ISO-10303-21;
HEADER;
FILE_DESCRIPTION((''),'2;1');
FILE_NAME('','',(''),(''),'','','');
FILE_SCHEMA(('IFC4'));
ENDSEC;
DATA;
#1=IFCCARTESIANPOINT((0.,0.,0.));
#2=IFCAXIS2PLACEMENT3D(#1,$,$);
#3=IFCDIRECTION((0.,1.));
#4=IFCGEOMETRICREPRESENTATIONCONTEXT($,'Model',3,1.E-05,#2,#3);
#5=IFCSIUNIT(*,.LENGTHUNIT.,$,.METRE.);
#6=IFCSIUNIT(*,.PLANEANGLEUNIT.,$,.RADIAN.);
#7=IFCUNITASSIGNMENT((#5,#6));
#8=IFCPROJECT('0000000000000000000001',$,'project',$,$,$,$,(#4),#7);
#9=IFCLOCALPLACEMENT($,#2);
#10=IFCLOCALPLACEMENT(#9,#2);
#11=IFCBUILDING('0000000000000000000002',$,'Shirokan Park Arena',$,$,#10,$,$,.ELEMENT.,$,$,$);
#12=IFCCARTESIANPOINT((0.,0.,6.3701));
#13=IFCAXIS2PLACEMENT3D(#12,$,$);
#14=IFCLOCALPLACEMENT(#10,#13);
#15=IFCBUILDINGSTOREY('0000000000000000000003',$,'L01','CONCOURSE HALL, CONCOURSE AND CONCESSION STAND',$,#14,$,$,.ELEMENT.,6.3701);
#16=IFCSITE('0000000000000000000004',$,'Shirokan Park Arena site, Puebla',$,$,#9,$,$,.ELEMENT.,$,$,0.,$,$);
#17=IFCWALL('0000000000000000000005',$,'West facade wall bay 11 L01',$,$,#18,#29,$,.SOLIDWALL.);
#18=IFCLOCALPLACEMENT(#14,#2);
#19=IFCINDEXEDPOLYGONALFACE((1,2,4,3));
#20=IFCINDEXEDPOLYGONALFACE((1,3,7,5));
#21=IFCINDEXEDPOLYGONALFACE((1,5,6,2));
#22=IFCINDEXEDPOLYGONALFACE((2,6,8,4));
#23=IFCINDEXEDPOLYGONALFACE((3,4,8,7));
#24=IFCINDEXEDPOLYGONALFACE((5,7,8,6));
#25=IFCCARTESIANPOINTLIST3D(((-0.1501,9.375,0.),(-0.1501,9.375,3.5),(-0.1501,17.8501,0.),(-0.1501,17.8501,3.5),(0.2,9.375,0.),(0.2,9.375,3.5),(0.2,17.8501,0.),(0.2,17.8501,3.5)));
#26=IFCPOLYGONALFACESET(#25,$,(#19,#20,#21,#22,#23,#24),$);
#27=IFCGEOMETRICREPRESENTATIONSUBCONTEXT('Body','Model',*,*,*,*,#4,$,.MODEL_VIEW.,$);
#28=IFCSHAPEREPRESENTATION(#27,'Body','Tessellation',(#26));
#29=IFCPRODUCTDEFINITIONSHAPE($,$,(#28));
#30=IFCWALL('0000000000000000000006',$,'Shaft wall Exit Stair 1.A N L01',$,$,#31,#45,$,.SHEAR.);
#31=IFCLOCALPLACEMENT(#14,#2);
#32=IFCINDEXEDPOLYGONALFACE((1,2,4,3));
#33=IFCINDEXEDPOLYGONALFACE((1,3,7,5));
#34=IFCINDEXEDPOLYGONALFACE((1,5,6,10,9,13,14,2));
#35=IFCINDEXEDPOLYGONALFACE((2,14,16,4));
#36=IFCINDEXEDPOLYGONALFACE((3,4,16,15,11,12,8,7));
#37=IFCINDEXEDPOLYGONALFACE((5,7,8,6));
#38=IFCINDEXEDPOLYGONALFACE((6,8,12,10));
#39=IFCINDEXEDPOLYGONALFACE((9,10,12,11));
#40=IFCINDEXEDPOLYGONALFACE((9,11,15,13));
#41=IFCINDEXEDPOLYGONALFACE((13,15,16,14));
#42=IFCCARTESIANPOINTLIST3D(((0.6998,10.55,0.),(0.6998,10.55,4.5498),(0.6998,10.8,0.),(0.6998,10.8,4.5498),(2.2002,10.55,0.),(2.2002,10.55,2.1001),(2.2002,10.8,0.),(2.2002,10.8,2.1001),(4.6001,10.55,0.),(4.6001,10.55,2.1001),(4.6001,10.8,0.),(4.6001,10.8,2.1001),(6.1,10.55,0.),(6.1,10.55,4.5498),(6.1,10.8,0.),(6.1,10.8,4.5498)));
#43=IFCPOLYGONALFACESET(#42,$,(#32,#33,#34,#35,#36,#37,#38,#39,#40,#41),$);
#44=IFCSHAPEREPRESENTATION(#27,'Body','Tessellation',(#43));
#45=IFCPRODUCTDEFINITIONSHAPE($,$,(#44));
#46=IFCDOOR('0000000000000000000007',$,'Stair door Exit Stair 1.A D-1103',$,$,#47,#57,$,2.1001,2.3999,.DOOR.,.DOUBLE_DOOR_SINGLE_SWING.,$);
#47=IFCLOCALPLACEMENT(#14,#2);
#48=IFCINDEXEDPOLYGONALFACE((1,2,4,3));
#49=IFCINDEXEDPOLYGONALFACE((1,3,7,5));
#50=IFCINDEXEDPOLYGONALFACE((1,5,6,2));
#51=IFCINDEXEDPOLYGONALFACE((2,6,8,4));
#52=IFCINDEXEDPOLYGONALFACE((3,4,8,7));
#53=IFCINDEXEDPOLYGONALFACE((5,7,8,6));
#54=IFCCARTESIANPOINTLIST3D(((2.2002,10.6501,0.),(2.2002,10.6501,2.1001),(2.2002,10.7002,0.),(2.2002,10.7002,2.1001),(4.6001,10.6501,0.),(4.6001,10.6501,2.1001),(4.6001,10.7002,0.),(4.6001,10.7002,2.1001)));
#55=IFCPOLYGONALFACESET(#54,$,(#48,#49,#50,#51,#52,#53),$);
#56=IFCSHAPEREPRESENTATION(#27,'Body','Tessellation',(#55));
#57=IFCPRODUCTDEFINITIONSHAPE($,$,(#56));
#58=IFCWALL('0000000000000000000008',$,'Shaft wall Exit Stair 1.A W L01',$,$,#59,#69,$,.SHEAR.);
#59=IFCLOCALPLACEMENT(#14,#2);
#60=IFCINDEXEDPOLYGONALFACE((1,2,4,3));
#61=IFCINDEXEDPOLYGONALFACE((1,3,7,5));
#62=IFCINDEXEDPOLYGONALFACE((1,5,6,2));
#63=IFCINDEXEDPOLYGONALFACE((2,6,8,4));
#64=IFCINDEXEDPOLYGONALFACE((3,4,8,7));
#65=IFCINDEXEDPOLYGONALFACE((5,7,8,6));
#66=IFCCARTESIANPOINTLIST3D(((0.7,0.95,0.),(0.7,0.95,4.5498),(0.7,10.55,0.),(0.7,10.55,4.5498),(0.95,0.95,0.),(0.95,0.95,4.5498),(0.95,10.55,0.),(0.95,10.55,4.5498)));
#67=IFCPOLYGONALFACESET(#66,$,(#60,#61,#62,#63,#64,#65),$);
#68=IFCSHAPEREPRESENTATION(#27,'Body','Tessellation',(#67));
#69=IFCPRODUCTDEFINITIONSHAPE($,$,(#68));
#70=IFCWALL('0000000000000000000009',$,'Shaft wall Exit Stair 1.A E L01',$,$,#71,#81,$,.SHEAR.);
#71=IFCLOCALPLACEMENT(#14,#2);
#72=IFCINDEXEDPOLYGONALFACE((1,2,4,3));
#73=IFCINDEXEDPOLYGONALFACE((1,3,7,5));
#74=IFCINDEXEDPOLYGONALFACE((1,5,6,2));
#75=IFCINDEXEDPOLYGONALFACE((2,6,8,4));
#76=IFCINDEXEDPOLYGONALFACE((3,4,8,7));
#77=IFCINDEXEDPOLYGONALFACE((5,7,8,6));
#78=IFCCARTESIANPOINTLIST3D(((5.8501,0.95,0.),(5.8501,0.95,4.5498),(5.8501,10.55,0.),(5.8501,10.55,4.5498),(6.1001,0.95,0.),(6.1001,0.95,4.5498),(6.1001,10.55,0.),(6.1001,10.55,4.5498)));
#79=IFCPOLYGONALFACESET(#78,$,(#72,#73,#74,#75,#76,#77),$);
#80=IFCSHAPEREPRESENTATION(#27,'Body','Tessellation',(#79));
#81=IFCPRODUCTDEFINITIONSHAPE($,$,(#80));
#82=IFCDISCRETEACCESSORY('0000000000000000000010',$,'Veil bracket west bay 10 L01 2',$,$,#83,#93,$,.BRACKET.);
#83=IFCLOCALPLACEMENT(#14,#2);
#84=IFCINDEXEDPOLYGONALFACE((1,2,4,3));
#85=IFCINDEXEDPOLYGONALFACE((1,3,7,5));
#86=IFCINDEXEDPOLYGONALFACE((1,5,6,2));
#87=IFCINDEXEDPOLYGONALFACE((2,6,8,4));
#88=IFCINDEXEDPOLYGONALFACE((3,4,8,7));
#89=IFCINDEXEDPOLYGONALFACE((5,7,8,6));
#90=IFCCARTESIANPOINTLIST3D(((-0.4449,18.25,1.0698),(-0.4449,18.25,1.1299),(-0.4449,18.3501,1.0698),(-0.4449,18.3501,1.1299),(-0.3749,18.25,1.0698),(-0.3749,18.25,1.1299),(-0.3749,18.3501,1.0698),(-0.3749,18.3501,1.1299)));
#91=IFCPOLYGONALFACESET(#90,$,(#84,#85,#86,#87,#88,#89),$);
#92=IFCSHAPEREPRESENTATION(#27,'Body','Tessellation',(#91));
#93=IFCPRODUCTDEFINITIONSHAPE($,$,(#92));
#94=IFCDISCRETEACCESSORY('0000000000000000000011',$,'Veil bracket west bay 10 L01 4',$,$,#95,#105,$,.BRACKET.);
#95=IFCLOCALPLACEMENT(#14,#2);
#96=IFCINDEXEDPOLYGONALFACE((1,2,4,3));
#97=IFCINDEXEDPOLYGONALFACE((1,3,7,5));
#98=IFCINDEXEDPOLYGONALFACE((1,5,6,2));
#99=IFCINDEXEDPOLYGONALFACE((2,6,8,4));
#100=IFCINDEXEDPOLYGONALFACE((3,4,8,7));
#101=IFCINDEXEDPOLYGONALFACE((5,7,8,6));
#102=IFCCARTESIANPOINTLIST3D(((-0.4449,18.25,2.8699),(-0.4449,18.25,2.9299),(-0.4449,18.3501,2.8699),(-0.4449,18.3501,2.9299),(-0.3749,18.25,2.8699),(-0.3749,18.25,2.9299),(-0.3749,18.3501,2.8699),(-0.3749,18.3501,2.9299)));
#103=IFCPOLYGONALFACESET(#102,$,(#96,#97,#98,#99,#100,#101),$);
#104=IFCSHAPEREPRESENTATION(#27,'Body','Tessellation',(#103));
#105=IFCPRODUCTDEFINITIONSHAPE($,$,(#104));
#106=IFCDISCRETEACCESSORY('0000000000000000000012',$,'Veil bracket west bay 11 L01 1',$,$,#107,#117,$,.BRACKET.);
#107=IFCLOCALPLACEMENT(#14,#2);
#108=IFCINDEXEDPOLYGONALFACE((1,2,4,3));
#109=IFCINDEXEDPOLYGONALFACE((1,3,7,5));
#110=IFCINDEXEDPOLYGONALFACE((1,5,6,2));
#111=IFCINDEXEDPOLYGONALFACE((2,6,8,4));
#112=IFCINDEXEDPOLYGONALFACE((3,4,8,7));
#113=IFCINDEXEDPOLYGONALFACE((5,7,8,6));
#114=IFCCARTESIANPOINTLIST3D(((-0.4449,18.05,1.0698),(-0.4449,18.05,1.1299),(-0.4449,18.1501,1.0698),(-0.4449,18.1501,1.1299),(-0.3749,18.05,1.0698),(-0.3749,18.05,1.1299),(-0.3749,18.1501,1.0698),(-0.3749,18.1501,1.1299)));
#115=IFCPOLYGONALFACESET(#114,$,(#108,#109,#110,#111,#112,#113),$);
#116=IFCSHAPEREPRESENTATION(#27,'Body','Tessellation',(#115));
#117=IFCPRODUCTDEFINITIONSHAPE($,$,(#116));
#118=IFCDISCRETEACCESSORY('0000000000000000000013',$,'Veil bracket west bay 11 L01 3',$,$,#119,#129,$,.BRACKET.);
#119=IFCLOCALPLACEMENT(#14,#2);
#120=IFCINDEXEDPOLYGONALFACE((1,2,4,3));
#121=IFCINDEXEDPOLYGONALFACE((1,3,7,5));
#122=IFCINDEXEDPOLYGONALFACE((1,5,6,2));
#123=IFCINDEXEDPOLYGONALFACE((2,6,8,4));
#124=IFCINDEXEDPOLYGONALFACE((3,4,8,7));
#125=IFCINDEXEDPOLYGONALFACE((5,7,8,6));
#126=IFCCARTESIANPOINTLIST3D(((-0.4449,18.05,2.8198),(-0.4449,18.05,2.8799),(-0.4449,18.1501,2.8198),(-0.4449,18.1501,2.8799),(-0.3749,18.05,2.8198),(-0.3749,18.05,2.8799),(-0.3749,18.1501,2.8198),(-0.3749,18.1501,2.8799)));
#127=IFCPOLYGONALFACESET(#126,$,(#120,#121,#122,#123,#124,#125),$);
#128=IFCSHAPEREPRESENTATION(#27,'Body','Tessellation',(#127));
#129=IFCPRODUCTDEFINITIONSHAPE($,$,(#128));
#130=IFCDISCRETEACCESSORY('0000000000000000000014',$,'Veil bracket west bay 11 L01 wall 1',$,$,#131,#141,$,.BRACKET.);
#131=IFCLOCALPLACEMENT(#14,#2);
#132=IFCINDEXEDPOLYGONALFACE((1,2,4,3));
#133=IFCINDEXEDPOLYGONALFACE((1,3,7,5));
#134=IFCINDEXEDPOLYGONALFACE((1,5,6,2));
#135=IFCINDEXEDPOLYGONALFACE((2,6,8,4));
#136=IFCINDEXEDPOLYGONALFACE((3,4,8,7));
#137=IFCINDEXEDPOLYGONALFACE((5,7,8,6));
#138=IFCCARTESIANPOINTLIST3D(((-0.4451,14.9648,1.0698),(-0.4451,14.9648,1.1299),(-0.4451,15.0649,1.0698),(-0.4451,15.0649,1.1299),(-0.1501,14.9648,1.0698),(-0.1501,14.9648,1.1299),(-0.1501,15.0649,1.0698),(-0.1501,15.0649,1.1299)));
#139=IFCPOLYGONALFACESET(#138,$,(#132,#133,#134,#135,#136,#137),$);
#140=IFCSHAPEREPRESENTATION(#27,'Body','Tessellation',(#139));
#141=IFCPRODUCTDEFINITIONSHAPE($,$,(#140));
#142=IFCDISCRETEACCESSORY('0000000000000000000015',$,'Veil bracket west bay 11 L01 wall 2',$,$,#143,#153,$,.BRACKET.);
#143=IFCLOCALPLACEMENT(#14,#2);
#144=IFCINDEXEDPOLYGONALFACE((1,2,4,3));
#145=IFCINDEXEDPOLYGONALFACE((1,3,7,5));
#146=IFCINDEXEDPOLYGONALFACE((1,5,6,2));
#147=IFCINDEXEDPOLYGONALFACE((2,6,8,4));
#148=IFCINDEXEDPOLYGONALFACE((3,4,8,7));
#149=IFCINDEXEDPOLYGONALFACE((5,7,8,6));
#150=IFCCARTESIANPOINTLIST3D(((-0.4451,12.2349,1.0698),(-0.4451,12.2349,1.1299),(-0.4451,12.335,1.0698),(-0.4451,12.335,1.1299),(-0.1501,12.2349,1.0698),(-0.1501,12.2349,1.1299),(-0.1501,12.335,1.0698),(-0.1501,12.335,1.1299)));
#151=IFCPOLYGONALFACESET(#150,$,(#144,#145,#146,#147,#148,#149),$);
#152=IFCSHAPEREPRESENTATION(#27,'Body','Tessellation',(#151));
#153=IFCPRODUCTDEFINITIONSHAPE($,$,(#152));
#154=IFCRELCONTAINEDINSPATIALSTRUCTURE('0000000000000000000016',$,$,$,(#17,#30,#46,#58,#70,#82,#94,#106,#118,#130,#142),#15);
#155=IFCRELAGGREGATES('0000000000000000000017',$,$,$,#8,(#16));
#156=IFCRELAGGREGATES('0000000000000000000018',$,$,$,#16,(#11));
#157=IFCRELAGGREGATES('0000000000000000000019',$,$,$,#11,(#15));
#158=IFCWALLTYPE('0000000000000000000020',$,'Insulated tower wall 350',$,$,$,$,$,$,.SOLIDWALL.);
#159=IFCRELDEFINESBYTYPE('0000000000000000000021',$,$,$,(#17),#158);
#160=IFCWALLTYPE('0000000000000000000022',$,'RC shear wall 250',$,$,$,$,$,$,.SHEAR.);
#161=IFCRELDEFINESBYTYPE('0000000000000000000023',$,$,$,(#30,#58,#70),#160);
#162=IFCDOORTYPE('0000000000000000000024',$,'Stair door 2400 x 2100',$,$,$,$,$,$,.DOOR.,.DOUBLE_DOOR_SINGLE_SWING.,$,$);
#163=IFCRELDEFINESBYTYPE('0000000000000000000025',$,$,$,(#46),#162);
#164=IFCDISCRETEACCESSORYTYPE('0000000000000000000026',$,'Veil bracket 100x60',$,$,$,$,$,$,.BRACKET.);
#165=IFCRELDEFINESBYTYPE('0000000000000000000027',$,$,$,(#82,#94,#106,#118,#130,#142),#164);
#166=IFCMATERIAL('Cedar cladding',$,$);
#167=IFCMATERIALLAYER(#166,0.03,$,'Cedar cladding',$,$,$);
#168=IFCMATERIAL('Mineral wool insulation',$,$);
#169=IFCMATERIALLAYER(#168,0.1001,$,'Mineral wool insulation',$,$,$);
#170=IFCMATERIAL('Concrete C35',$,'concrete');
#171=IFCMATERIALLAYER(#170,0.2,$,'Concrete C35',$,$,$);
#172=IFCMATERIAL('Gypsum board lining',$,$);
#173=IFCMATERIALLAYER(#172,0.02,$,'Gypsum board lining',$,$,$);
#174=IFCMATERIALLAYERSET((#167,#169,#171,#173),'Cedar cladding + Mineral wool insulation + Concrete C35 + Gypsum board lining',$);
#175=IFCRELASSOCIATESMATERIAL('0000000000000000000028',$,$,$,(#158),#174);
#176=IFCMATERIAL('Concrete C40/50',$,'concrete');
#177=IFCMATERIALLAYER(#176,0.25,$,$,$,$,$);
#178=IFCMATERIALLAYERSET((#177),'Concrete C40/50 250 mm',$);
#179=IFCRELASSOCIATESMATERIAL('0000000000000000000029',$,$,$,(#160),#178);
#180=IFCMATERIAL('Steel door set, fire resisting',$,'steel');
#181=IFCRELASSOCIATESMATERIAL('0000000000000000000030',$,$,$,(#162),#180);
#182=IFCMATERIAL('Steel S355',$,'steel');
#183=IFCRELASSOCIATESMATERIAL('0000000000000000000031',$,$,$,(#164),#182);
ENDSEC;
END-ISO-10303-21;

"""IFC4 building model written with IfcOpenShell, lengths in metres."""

from ifc_helpers import new_model, si_unit, direction, frame, frame_2d, origin, origin_2d, place, context, subcontext, project, spatial, rectangle, extrude, material, layer, layer_set, type_object, element, fill, save


model = new_model("IFC4")

# Units and contexts
model_context = context("Model", 3, precision=1e-05, world=origin(), true_north=direction((0.0, 1.0)))
body_context = subcontext(model_context, "Body", "Model", "MODEL_VIEW")
ifc_project = project(units=[si_unit("LENGTHUNIT", "METRE"), si_unit("PLANEANGLEUNIT", "RADIAN")], contexts=[model_context])

# Site, building, storey
site_placement = place(None, origin())
site = spatial("IfcSite", under=ifc_project, at=site_placement, Name="Shirokan Park Arena site, Puebla", CompositionType="ELEMENT", RefElevation=0.0)
building_placement = place(site_placement, origin())
building = spatial("IfcBuilding", under=site, at=building_placement, Name="Shirokan Park Arena", CompositionType="ELEMENT")
storey_placement = place(building_placement, frame((0.0, 0.0, 6.3701)))
storey = spatial("IfcBuildingStorey", under=building, at=storey_placement, Name="L01", Description="CONCOURSE HALL, CONCOURSE AND CONCESSION STAND", CompositionType="ELEMENT", Elevation=6.3701)

# Shared definitions
ifc_material_1 = material(Name="Concrete C35", Category="concrete")

# Shared definitions
ifc_material_2 = material(Name="Mineral wool insulation")

# Wall
ifc_material_3 = material(Name="Cedar cladding")
ifc_layer_1 = layer(ifc_material_3, 0.03, Name="Cedar cladding")
ifc_layer_2 = layer(ifc_material_2, 0.1001, Name="Mineral wool insulation")
ifc_layer_3 = layer(ifc_material_1, 0.2, Name="Concrete C35")
ifc_material_4 = material(Name="Gypsum board lining")
ifc_layer_4 = layer(ifc_material_4, 0.02, Name="Gypsum board lining")
ifc_layer_set_1 = layer_set([ifc_layer_1, ifc_layer_2, ifc_layer_3, ifc_layer_4], Name="Cedar cladding + Mineral wool insulation + Concrete C35 + Gypsum board lining")
wall_type_1 = type_object("IfcWallType", Name="Insulated tower wall 350", PredefinedType="SOLIDWALL", material=ifc_layer_set_1)
wall_1_placement = place(storey_placement, frame((0.0249, 17.8501, 0.0), z_axis=(0.0, 0.0, 1.0), x_axis=(0.0, -1.0, 0.0)))
element("IfcWall", 1, at=wall_1_placement, inside=storey, type_object=wall_type_1, Name="West facade wall bay 11 L01", PredefinedType="SOLIDWALL", context=body_context, shape_type="SweptSolid", body=[
    extrude(rectangle(XDim=8.4751, YDim=0.3501, at=frame_2d((4.2375, 0.0))), origin(), (0.0, 0.0, 1.0), 3.5),
])

# Wall, opening, door
ifc_material_5 = material(Name="Concrete C40/50", Category="concrete")
ifc_layer_5 = layer(ifc_material_5, 0.25)
ifc_layer_set_2 = layer_set([ifc_layer_5], Name="Concrete C40/50 250 mm")
wall_type_2 = type_object("IfcWallType", Name="RC shear wall 250", PredefinedType="SHEAR", material=ifc_layer_set_2)
wall_2_placement = place(storey_placement, frame((6.1001, 10.675, 0.0), z_axis=(0.0, 0.0, 1.0), x_axis=(-1.0, 0.0, 0.0)))
wall_2 = element("IfcWall", 2, at=wall_2_placement, inside=storey, type_object=wall_type_2, Name="Shaft wall Exit Stair 1.A N L01", PredefinedType="SHEAR", context=body_context, shape_type="SweptSolid", body=[
    extrude(rectangle(XDim=5.4001, YDim=0.25, at=frame_2d((2.7002, 0.0))), origin(), (0.0, 0.0, 1.0), 4.5498),
])
opening_1_placement = place(wall_2_placement, frame((1.5, 0.0, 0.0)))
opening_1 = element("IfcOpeningElement", 3, at=opening_1_placement, cuts=wall_2, PredefinedType="OPENING", context=body_context, shape_type="SweptSolid", body=[
    extrude(rectangle(XDim=2.3999, YDim=2.1001, at=frame_2d((1.2, 1.05))), frame((0.0, 0.135, 0.0), z_axis=(0.0, -1.0, 0.0), x_axis=(1.0, 0.0, 0.0)), (0.0, 0.0, 1.0), 0.27),
])
ifc_material_6 = material(Name="Steel door set, fire resisting", Category="steel")
door_type_1 = type_object("IfcDoorType", Name="Stair door 2400 x 2100", OperationType="DOUBLE_DOOR_SINGLE_SWING", PredefinedType="DOOR", material=ifc_material_6)
door_1_placement = place(opening_1_placement, origin())
door_1 = element("IfcDoor", 4, at=door_1_placement, inside=storey, type_object=door_type_1, Name="Stair door Exit Stair 1.A D-1103", OperationType="DOUBLE_DOOR_SINGLE_SWING", OverallHeight=2.1001, OverallWidth=2.3999, PredefinedType="DOOR", context=body_context, shape_type="SweptSolid", body=[
    extrude(rectangle(XDim=2.3999, YDim=2.1001, at=frame_2d((1.2, 1.05))), frame((0.0, 0.0249, 0.0), z_axis=(0.0, -1.0, 0.0), x_axis=(1.0, 0.0, 0.0)), (0.0, 0.0, 1.0), 0.05),
])
fill(opening_1, door_1)

# Walls
for number, where, z_axis, x_axis, name in (
    (5, (0.825, 10.55, 0.0), (0.0, 0.0, 1.0), (0.0, -1.0, 0.0), "Shaft wall Exit Stair 1.A W L01"),
    (6, (5.9751, 10.55, 0.0), (0.0, 0.0, 1.0), (0.0, -1.0, 0.0), "Shaft wall Exit Stair 1.A E L01"),
):
    element("IfcWall", number, at=place(storey_placement, frame(where, z_axis=z_axis, x_axis=x_axis)), inside=storey, type_object=wall_type_2, Name=name, PredefinedType="SHEAR", context=body_context, shape_type="SweptSolid", body=[
        extrude(rectangle(XDim=9.6001, YDim=0.25, at=frame_2d((4.8, 0.0))), origin(), (0.0, 0.0, 1.0), 4.5498),
    ])

# Discrete accessories
ifc_material_7 = material(Name="Steel S355", Category="steel")
discrete_accessory_type = type_object("IfcDiscreteAccessoryType", Name="Veil bracket 100x60", PredefinedType="BRACKET", material=ifc_material_7)
for number, where, z_axis, x_axis, name in (
    (7, (-0.4099, 18.3, 1.0698), (0.0, 0.0, 1.0), (0.0, -1.0, 0.0), "Veil bracket west bay 10 L01 2"),
    (8, (-0.4099, 18.3, 2.8699), (0.0, 0.0, 1.0), (0.0, -1.0, 0.0), "Veil bracket west bay 10 L01 4"),
    (9, (-0.4099, 18.1001, 1.0698), (0.0, 0.0, 1.0), (0.0, -1.0, 0.0), "Veil bracket west bay 11 L01 1"),
    (10, (-0.4099, 18.1001, 2.8198), (0.0, 0.0, 1.0), (0.0, -1.0, 0.0), "Veil bracket west bay 11 L01 3"),
):
    element("IfcDiscreteAccessory", number, at=place(storey_placement, frame(where, z_axis=z_axis, x_axis=x_axis)), inside=storey, type_object=discrete_accessory_type, Name=name, PredefinedType="BRACKET", context=body_context, shape_type="SweptSolid", body=[
        extrude(rectangle(XDim=0.1001, YDim=0.0701, at=origin_2d()), origin(), (0.0, 0.0, 1.0), 0.0601),
    ])
for number, where, z_axis, x_axis, name in (
    (11, (-0.2976, 15.0149, 1.0698), (0.0, 0.0, 1.0), (0.0, -1.0, 0.0), "Veil bracket west bay 11 L01 wall 1"),
    (12, (-0.2976, 12.2849, 1.0698), (0.0, 0.0, 1.0), (0.0, -1.0, 0.0), "Veil bracket west bay 11 L01 wall 2"),
):
    element("IfcDiscreteAccessory", number, at=place(storey_placement, frame(where, z_axis=z_axis, x_axis=x_axis)), inside=storey, type_object=discrete_accessory_type, Name=name, PredefinedType="BRACKET", context=body_context, shape_type="SweptSolid", body=[
        extrude(rectangle(XDim=0.1001, YDim=0.2949, at=origin_2d()), origin(), (0.0, 0.0, 1.0), 0.0601),
    ])

save(model, "model.ifc")
